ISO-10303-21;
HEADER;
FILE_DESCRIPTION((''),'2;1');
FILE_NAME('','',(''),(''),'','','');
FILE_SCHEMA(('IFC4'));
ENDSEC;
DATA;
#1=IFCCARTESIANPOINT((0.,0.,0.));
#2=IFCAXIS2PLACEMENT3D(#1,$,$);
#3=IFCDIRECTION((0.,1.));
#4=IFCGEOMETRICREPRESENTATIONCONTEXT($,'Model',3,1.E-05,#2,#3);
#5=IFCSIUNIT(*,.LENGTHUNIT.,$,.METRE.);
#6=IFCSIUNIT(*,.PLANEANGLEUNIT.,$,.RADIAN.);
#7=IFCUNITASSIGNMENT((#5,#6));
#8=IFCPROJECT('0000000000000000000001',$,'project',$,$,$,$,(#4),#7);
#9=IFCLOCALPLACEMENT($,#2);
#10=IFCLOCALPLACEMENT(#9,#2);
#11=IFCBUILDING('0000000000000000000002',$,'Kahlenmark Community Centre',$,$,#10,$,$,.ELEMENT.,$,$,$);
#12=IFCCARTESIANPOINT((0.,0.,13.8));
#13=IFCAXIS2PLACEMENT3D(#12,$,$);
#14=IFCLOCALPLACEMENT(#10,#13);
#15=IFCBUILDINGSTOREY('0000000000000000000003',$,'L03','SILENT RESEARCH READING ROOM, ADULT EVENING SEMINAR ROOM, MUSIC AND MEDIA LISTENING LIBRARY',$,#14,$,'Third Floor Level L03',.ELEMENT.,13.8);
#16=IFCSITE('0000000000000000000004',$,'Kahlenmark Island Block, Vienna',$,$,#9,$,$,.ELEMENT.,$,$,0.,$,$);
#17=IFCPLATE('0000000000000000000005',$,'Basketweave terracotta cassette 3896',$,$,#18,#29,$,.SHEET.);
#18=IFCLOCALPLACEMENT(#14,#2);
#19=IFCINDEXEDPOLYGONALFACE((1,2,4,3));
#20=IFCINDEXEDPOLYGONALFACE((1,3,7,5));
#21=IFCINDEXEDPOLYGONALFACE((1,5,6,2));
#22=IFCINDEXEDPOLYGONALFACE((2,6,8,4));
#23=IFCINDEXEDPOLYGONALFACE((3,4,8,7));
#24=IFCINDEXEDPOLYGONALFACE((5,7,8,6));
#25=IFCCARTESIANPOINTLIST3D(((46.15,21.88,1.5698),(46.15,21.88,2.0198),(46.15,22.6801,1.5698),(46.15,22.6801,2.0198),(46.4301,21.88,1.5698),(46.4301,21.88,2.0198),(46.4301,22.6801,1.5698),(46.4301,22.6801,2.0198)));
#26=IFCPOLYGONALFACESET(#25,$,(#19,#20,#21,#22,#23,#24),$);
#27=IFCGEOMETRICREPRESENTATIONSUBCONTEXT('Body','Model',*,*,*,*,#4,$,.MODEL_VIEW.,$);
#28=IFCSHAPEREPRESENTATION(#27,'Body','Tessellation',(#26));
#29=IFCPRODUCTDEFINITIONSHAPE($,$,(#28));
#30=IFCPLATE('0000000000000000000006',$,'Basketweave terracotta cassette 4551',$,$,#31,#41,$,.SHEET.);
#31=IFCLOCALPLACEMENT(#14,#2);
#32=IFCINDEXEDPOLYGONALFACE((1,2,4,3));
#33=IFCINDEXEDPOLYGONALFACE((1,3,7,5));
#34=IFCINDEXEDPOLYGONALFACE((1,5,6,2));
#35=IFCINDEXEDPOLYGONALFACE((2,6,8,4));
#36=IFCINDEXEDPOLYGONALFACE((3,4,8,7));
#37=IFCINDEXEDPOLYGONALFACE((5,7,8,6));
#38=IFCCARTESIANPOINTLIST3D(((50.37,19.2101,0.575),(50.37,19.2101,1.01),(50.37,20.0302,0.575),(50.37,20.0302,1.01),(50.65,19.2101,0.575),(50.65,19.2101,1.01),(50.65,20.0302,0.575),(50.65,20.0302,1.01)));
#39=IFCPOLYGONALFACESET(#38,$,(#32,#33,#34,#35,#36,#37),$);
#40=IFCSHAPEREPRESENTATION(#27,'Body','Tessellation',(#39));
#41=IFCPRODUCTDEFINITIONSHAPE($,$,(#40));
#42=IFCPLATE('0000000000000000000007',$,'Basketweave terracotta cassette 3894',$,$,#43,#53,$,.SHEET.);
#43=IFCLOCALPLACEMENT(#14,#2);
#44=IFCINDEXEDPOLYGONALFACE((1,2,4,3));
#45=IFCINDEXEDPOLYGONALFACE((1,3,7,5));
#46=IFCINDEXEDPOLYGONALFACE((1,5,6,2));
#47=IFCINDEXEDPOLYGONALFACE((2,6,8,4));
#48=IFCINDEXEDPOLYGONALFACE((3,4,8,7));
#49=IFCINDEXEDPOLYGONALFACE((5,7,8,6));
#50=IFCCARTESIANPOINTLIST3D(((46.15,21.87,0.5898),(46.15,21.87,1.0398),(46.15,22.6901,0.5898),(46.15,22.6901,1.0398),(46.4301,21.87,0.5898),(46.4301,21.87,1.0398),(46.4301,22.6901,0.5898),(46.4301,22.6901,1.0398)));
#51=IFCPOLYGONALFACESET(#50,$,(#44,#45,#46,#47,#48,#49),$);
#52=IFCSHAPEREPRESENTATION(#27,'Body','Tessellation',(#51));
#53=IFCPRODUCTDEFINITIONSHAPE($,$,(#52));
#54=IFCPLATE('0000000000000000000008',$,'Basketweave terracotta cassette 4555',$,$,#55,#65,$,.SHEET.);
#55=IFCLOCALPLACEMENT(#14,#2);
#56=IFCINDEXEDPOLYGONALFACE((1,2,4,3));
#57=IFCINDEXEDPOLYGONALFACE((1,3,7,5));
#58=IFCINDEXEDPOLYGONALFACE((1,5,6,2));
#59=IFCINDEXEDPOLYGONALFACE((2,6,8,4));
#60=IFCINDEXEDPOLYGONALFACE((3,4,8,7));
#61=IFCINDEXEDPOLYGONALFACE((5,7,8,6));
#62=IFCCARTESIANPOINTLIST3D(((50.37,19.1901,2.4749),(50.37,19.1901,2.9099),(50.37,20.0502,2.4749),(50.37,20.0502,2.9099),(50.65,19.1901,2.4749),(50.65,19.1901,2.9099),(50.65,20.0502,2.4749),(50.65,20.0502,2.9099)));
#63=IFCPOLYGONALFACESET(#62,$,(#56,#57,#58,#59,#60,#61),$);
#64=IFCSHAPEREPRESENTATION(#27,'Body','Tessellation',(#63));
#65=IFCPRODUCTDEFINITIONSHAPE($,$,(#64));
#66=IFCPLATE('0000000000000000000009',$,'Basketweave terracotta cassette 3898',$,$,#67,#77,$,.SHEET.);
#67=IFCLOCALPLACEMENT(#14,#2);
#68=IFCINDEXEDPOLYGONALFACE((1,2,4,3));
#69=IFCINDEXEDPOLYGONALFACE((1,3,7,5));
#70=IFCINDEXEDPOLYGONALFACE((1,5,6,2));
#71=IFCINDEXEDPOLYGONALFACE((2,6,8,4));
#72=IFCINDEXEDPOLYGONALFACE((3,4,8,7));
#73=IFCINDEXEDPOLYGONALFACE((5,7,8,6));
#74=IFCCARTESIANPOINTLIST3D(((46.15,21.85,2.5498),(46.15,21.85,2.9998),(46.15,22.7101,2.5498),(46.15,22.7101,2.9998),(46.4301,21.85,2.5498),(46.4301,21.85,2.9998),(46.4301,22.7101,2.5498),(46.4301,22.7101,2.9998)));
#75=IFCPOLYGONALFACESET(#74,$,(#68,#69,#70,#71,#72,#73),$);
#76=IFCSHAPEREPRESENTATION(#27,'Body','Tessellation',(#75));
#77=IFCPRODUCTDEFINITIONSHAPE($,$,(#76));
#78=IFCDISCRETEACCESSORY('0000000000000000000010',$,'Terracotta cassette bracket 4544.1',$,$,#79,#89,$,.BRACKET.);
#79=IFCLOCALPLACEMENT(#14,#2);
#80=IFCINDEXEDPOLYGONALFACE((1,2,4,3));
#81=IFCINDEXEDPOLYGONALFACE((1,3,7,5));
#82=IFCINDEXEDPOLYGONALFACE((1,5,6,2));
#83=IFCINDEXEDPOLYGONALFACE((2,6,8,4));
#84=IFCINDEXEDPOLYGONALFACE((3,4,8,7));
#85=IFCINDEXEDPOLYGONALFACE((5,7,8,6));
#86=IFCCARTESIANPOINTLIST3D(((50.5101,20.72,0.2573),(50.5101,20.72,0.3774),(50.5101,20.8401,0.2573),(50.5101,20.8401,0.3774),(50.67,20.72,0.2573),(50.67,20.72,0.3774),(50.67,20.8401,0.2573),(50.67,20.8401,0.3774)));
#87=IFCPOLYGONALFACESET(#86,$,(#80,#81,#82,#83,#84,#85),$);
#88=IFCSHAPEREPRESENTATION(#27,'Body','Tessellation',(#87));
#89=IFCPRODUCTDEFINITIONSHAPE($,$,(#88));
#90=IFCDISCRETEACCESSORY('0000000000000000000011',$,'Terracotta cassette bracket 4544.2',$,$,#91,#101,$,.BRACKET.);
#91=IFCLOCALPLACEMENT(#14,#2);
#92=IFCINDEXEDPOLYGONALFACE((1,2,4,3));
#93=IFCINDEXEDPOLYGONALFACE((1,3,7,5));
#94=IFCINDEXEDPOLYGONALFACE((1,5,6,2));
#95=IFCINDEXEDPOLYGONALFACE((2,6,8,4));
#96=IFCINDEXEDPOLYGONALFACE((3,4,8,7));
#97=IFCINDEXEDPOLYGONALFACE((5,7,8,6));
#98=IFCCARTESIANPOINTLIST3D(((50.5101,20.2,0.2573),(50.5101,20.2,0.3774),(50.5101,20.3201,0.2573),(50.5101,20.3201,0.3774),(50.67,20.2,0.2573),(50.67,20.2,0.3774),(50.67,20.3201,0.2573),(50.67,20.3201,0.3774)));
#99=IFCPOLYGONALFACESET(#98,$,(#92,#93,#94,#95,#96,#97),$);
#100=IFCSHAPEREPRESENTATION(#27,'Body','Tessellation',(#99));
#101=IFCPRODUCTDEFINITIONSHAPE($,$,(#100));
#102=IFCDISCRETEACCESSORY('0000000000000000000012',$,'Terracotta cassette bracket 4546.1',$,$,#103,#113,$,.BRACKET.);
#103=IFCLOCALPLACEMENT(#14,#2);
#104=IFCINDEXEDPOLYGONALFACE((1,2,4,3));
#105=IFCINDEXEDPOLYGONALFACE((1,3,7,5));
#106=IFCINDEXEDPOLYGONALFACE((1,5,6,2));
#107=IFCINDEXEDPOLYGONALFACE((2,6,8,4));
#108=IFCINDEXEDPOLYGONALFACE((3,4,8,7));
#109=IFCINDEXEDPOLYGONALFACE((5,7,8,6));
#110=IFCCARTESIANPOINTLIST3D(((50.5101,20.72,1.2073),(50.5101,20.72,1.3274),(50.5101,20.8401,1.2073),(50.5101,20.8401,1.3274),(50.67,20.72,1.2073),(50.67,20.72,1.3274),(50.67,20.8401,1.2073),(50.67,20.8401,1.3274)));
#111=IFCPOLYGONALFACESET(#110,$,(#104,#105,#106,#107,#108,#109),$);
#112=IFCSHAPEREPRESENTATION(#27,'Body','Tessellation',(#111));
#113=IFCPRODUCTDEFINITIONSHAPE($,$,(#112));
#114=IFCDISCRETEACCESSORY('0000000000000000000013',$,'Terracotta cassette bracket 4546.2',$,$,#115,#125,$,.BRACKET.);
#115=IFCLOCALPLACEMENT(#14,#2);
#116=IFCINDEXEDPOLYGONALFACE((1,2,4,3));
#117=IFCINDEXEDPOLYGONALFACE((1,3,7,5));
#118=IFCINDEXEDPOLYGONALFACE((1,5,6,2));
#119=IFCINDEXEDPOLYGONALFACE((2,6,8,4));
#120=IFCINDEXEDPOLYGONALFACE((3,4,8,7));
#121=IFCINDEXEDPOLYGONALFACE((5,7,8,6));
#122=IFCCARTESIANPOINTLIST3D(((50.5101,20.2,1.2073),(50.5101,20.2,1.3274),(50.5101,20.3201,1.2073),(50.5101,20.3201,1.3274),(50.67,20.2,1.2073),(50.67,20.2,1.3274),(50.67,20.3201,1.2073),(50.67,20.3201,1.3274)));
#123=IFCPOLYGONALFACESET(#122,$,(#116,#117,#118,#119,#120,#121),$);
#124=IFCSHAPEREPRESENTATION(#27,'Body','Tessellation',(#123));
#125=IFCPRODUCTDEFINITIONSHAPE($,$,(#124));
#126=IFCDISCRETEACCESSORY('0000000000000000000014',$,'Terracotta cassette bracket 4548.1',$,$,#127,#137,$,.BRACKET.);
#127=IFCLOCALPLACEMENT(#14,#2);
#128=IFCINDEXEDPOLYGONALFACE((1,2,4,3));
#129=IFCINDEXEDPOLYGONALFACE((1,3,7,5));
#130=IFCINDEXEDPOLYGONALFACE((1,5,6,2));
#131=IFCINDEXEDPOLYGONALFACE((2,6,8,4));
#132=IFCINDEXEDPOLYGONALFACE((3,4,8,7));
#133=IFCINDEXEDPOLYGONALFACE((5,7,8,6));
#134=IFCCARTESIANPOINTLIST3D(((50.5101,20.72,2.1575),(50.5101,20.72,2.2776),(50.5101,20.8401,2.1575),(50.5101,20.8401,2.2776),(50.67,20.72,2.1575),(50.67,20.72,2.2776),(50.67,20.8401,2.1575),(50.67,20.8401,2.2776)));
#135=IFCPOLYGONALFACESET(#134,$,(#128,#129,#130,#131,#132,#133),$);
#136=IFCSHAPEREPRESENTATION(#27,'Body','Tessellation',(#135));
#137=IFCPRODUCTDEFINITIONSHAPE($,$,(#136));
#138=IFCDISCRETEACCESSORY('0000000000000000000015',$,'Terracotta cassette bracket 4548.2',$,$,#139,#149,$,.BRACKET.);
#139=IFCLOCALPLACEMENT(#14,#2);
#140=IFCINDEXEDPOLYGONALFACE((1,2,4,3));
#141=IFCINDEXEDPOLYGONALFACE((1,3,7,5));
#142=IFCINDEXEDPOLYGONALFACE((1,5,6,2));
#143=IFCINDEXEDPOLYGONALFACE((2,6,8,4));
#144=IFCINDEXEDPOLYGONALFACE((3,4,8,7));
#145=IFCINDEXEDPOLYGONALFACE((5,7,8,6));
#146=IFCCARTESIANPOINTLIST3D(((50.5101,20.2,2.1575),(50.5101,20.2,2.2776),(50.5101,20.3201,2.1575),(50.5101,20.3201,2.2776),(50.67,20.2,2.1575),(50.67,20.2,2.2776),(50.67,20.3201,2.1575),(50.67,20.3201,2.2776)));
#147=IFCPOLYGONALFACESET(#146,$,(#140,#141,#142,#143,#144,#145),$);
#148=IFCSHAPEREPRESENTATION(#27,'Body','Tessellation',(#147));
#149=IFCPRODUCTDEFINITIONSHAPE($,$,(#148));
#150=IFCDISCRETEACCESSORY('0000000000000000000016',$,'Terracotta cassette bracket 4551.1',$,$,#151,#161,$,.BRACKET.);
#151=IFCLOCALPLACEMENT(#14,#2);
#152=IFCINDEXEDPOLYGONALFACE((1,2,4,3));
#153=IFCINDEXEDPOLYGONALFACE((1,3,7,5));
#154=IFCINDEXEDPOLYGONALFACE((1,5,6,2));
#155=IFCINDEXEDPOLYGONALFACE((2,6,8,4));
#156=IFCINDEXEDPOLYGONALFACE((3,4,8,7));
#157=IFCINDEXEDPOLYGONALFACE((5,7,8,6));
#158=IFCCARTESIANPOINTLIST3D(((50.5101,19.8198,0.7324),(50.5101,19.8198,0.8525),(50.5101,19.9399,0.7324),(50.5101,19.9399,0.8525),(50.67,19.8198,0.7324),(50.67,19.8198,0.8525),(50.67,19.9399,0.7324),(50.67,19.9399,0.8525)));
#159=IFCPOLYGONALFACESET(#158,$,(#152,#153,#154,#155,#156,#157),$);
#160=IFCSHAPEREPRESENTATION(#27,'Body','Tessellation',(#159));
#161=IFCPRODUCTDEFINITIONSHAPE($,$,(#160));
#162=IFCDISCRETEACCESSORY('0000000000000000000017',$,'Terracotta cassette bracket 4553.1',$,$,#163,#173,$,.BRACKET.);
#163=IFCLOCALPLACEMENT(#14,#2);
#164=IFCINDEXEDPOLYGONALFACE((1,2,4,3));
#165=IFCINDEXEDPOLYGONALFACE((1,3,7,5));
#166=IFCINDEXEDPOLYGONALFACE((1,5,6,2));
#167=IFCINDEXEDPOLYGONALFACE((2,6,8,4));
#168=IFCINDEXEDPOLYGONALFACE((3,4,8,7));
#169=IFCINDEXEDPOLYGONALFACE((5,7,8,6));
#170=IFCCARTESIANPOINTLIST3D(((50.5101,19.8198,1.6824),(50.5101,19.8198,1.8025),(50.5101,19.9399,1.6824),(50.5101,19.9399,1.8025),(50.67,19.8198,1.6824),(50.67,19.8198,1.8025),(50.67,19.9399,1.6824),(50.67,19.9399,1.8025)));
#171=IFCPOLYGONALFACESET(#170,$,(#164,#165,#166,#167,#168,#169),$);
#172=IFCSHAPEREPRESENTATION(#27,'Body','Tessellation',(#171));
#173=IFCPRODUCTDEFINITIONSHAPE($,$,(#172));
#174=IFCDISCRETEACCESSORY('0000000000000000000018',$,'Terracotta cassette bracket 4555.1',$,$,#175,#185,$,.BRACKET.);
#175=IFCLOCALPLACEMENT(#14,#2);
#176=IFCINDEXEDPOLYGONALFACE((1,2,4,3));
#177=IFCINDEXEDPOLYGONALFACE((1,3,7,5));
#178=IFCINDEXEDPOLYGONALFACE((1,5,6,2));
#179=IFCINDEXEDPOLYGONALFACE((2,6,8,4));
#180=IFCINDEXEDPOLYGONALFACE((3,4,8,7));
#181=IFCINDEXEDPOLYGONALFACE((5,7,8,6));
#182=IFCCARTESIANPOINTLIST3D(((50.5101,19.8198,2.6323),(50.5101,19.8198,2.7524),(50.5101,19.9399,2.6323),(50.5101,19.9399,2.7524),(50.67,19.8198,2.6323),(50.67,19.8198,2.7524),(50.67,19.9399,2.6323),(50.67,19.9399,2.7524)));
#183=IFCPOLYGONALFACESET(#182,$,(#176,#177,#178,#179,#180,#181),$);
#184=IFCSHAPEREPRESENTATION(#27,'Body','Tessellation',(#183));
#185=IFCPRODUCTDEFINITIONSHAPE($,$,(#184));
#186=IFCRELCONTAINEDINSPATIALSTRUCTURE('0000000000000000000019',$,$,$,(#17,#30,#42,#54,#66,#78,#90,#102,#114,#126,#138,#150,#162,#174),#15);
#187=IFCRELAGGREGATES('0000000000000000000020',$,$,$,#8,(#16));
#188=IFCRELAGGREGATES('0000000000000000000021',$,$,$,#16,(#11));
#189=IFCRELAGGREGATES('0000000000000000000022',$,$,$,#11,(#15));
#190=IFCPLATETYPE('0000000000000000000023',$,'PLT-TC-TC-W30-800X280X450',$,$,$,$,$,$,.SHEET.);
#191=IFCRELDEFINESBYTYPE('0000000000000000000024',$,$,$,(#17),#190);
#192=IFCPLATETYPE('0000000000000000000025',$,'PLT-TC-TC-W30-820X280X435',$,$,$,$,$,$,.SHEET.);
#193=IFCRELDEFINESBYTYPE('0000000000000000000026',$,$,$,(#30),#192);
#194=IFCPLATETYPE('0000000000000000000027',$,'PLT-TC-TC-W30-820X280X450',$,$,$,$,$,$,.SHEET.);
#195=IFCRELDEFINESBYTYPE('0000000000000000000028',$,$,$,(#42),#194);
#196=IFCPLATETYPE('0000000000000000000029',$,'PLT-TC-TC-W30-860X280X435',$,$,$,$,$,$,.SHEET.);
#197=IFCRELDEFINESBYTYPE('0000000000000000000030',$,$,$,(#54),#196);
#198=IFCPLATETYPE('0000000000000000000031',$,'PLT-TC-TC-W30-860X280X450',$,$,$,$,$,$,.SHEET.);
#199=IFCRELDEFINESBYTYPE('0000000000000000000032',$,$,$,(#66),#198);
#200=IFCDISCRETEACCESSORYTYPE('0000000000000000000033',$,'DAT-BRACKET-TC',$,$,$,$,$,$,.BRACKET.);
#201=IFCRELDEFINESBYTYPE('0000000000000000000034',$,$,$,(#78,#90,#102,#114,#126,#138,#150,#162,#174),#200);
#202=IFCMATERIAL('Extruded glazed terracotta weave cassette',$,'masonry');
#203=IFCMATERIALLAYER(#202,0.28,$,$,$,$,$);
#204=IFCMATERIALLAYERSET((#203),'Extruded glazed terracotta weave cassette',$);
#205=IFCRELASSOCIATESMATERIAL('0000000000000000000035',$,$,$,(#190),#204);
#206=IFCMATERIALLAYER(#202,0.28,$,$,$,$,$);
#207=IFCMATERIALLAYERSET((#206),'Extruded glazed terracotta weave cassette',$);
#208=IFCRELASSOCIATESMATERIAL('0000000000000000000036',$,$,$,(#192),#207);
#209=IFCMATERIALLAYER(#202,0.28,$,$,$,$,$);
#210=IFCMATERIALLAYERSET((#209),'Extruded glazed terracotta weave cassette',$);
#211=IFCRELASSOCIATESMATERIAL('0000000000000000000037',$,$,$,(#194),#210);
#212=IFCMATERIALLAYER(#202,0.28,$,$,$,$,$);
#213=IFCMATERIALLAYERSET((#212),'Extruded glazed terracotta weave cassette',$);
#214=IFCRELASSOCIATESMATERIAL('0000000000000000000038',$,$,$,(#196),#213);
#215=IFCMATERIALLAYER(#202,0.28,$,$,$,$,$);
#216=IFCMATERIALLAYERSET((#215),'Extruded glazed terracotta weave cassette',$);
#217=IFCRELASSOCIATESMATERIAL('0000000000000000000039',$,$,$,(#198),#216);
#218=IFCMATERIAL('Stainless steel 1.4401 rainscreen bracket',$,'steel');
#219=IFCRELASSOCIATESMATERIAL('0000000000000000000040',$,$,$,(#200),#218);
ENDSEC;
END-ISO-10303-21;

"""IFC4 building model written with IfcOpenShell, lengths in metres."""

from ifc_helpers import new_model, si_unit, direction, frame, origin, origin_2d, place, context, subcontext, project, spatial, rectangle, extrude, material, layer, layer_set, type_object, element, save


model = new_model("IFC4")

# Units and contexts
model_context = context("Model", 3, precision=1e-05, world=origin(), true_north=direction((0.0, 1.0)))
body_context = subcontext(model_context, "Body", "Model", "MODEL_VIEW")
ifc_project = project(units=[si_unit("LENGTHUNIT", "METRE"), si_unit("PLANEANGLEUNIT", "RADIAN")], contexts=[model_context])

# Site, building, storey
site_placement = place(None, origin())
site = spatial("IfcSite", under=ifc_project, at=site_placement, Name="Kahlenmark Island Block, Vienna", CompositionType="ELEMENT", RefElevation=0.0)
building_placement = place(site_placement, origin())
building = spatial("IfcBuilding", under=site, at=building_placement, Name="Kahlenmark Community Centre", CompositionType="ELEMENT")
storey_placement = place(building_placement, frame((0.0, 0.0, 13.8)))
storey = spatial("IfcBuildingStorey", under=building, at=storey_placement, Name="L03", Description="SILENT RESEARCH READING ROOM, ADULT EVENING SEMINAR ROOM, MUSIC AND MEDIA LISTENING LIBRARY", LongName="Third Floor Level L03", CompositionType="ELEMENT", Elevation=13.8)

# Plates
ifc_material_1 = material(Name="Extruded glazed terracotta weave cassette", Category="masonry")
ifc_layer_1 = layer(ifc_material_1, 0.28)
ifc_layer_set_1 = layer_set([ifc_layer_1], Name="Extruded glazed terracotta weave cassette")
plate_type_1 = type_object("IfcPlateType", Name="PLT-TC-TC-W30-800X280X450", PredefinedType="SHEET", material=ifc_layer_set_1)
plate_1_placement = place(storey_placement, frame((46.29, 22.28, 1.5698), z_axis=(0.0, 0.0, 1.0), x_axis=(0.0, 1.0, 0.0)))
element("IfcPlate", 1, at=plate_1_placement, inside=storey, type_object=plate_type_1, Name="Basketweave terracotta cassette 3896", PredefinedType="SHEET", context=body_context, shape_type="SweptSolid", body=[
    extrude(rectangle(XDim=0.8, YDim=0.28, at=origin_2d()), origin(), (0.0, 0.0, 1.0), 0.45),
])
ifc_layer_2 = layer(ifc_material_1, 0.28)
ifc_layer_set_2 = layer_set([ifc_layer_2], Name="Extruded glazed terracotta weave cassette")
plate_type_2 = type_object("IfcPlateType", Name="PLT-TC-TC-W30-820X280X435", PredefinedType="SHEET", material=ifc_layer_set_2)
plate_2_placement = place(storey_placement, frame((50.51, 19.6201, 0.575), z_axis=(0.0, 0.0, 1.0), x_axis=(0.0, -1.0, 0.0)))
element("IfcPlate", 2, at=plate_2_placement, inside=storey, type_object=plate_type_2, Name="Basketweave terracotta cassette 4551", PredefinedType="SHEET", context=body_context, shape_type="SweptSolid", body=[
    extrude(rectangle(XDim=0.8201, YDim=0.28, at=origin_2d()), origin(), (0.0, 0.0, 1.0), 0.4351),
])
ifc_layer_3 = layer(ifc_material_1, 0.28)
ifc_layer_set_3 = layer_set([ifc_layer_3], Name="Extruded glazed terracotta weave cassette")
plate_type_3 = type_object("IfcPlateType", Name="PLT-TC-TC-W30-820X280X450", PredefinedType="SHEET", material=ifc_layer_set_3)
plate_3_placement = place(storey_placement, frame((46.29, 22.28, 0.5898), z_axis=(0.0, 0.0, 1.0), x_axis=(0.0, 1.0, 0.0)))
element("IfcPlate", 3, at=plate_3_placement, inside=storey, type_object=plate_type_3, Name="Basketweave terracotta cassette 3894", PredefinedType="SHEET", context=body_context, shape_type="SweptSolid", body=[
    extrude(rectangle(XDim=0.8201, YDim=0.28, at=origin_2d()), origin(), (0.0, 0.0, 1.0), 0.45),
])
ifc_layer_4 = layer(ifc_material_1, 0.28)
ifc_layer_set_4 = layer_set([ifc_layer_4], Name="Extruded glazed terracotta weave cassette")
plate_type_4 = type_object("IfcPlateType", Name="PLT-TC-TC-W30-860X280X435", PredefinedType="SHEET", material=ifc_layer_set_4)
plate_4_placement = place(storey_placement, frame((50.51, 19.6201, 2.4749), z_axis=(0.0, 0.0, 1.0), x_axis=(0.0, -1.0, 0.0)))
element("IfcPlate", 4, at=plate_4_placement, inside=storey, type_object=plate_type_4, Name="Basketweave terracotta cassette 4555", PredefinedType="SHEET", context=body_context, shape_type="SweptSolid", body=[
    extrude(rectangle(XDim=0.8601, YDim=0.28, at=origin_2d()), origin(), (0.0, 0.0, 1.0), 0.4351),
])
ifc_layer_5 = layer(ifc_material_1, 0.28)
ifc_layer_set_5 = layer_set([ifc_layer_5], Name="Extruded glazed terracotta weave cassette")
plate_type_5 = type_object("IfcPlateType", Name="PLT-TC-TC-W30-860X280X450", PredefinedType="SHEET", material=ifc_layer_set_5)
plate_5_placement = place(storey_placement, frame((46.29, 22.28, 2.5498), z_axis=(0.0, 0.0, 1.0), x_axis=(0.0, 1.0, 0.0)))
element("IfcPlate", 5, at=plate_5_placement, inside=storey, type_object=plate_type_5, Name="Basketweave terracotta cassette 3898", PredefinedType="SHEET", context=body_context, shape_type="SweptSolid", body=[
    extrude(rectangle(XDim=0.8601, YDim=0.28, at=origin_2d()), origin(), (0.0, 0.0, 1.0), 0.45),
])

# Discrete accessories
ifc_material_2 = material(Name="Stainless steel 1.4401 rainscreen bracket", Category="steel")
discrete_accessory_type = type_object("IfcDiscreteAccessoryType", Name="DAT-BRACKET-TC", PredefinedType="BRACKET", material=ifc_material_2)
for number, where, z_axis, x_axis, name in (
    (6, (50.5901, 20.78, 0.2573), (0.0, 0.0, 1.0), (0.0, -1.0, 0.0), "Terracotta cassette bracket 4544.1"),
    (7, (50.5901, 20.26, 0.2573), (0.0, 0.0, 1.0), (0.0, -1.0, 0.0), "Terracotta cassette bracket 4544.2"),
    (8, (50.5901, 20.78, 1.2073), (0.0, 0.0, 1.0), (0.0, -1.0, 0.0), "Terracotta cassette bracket 4546.1"),
    (9, (50.5901, 20.26, 1.2073), (0.0, 0.0, 1.0), (0.0, -1.0, 0.0), "Terracotta cassette bracket 4546.2"),
    (10, (50.5901, 20.78, 2.1575), (0.0, 0.0, 1.0), (0.0, -1.0, 0.0), "Terracotta cassette bracket 4548.1"),
    (11, (50.5901, 20.26, 2.1575), (0.0, 0.0, 1.0), (0.0, -1.0, 0.0), "Terracotta cassette bracket 4548.2"),
    (12, (50.5901, 19.8799, 0.7324), (0.0, 0.0, 1.0), (0.0, -1.0, 0.0), "Terracotta cassette bracket 4551.1"),
    (13, (50.5901, 19.8799, 1.6824), (0.0, 0.0, 1.0), (0.0, -1.0, 0.0), "Terracotta cassette bracket 4553.1"),
    (14, (50.5901, 19.8799, 2.6323), (0.0, 0.0, 1.0), (0.0, -1.0, 0.0), "Terracotta cassette bracket 4555.1"),
):
    element("IfcDiscreteAccessory", number, at=place(storey_placement, frame(where, z_axis=z_axis, x_axis=x_axis)), inside=storey, type_object=discrete_accessory_type, Name=name, PredefinedType="BRACKET", context=body_context, shape_type="SweptSolid", body=[
        extrude(rectangle(XDim=0.1201, YDim=0.1599, at=origin_2d()), origin(), (0.0, 0.0, 1.0), 0.1201),
    ])

save(model, "model.ifc")
